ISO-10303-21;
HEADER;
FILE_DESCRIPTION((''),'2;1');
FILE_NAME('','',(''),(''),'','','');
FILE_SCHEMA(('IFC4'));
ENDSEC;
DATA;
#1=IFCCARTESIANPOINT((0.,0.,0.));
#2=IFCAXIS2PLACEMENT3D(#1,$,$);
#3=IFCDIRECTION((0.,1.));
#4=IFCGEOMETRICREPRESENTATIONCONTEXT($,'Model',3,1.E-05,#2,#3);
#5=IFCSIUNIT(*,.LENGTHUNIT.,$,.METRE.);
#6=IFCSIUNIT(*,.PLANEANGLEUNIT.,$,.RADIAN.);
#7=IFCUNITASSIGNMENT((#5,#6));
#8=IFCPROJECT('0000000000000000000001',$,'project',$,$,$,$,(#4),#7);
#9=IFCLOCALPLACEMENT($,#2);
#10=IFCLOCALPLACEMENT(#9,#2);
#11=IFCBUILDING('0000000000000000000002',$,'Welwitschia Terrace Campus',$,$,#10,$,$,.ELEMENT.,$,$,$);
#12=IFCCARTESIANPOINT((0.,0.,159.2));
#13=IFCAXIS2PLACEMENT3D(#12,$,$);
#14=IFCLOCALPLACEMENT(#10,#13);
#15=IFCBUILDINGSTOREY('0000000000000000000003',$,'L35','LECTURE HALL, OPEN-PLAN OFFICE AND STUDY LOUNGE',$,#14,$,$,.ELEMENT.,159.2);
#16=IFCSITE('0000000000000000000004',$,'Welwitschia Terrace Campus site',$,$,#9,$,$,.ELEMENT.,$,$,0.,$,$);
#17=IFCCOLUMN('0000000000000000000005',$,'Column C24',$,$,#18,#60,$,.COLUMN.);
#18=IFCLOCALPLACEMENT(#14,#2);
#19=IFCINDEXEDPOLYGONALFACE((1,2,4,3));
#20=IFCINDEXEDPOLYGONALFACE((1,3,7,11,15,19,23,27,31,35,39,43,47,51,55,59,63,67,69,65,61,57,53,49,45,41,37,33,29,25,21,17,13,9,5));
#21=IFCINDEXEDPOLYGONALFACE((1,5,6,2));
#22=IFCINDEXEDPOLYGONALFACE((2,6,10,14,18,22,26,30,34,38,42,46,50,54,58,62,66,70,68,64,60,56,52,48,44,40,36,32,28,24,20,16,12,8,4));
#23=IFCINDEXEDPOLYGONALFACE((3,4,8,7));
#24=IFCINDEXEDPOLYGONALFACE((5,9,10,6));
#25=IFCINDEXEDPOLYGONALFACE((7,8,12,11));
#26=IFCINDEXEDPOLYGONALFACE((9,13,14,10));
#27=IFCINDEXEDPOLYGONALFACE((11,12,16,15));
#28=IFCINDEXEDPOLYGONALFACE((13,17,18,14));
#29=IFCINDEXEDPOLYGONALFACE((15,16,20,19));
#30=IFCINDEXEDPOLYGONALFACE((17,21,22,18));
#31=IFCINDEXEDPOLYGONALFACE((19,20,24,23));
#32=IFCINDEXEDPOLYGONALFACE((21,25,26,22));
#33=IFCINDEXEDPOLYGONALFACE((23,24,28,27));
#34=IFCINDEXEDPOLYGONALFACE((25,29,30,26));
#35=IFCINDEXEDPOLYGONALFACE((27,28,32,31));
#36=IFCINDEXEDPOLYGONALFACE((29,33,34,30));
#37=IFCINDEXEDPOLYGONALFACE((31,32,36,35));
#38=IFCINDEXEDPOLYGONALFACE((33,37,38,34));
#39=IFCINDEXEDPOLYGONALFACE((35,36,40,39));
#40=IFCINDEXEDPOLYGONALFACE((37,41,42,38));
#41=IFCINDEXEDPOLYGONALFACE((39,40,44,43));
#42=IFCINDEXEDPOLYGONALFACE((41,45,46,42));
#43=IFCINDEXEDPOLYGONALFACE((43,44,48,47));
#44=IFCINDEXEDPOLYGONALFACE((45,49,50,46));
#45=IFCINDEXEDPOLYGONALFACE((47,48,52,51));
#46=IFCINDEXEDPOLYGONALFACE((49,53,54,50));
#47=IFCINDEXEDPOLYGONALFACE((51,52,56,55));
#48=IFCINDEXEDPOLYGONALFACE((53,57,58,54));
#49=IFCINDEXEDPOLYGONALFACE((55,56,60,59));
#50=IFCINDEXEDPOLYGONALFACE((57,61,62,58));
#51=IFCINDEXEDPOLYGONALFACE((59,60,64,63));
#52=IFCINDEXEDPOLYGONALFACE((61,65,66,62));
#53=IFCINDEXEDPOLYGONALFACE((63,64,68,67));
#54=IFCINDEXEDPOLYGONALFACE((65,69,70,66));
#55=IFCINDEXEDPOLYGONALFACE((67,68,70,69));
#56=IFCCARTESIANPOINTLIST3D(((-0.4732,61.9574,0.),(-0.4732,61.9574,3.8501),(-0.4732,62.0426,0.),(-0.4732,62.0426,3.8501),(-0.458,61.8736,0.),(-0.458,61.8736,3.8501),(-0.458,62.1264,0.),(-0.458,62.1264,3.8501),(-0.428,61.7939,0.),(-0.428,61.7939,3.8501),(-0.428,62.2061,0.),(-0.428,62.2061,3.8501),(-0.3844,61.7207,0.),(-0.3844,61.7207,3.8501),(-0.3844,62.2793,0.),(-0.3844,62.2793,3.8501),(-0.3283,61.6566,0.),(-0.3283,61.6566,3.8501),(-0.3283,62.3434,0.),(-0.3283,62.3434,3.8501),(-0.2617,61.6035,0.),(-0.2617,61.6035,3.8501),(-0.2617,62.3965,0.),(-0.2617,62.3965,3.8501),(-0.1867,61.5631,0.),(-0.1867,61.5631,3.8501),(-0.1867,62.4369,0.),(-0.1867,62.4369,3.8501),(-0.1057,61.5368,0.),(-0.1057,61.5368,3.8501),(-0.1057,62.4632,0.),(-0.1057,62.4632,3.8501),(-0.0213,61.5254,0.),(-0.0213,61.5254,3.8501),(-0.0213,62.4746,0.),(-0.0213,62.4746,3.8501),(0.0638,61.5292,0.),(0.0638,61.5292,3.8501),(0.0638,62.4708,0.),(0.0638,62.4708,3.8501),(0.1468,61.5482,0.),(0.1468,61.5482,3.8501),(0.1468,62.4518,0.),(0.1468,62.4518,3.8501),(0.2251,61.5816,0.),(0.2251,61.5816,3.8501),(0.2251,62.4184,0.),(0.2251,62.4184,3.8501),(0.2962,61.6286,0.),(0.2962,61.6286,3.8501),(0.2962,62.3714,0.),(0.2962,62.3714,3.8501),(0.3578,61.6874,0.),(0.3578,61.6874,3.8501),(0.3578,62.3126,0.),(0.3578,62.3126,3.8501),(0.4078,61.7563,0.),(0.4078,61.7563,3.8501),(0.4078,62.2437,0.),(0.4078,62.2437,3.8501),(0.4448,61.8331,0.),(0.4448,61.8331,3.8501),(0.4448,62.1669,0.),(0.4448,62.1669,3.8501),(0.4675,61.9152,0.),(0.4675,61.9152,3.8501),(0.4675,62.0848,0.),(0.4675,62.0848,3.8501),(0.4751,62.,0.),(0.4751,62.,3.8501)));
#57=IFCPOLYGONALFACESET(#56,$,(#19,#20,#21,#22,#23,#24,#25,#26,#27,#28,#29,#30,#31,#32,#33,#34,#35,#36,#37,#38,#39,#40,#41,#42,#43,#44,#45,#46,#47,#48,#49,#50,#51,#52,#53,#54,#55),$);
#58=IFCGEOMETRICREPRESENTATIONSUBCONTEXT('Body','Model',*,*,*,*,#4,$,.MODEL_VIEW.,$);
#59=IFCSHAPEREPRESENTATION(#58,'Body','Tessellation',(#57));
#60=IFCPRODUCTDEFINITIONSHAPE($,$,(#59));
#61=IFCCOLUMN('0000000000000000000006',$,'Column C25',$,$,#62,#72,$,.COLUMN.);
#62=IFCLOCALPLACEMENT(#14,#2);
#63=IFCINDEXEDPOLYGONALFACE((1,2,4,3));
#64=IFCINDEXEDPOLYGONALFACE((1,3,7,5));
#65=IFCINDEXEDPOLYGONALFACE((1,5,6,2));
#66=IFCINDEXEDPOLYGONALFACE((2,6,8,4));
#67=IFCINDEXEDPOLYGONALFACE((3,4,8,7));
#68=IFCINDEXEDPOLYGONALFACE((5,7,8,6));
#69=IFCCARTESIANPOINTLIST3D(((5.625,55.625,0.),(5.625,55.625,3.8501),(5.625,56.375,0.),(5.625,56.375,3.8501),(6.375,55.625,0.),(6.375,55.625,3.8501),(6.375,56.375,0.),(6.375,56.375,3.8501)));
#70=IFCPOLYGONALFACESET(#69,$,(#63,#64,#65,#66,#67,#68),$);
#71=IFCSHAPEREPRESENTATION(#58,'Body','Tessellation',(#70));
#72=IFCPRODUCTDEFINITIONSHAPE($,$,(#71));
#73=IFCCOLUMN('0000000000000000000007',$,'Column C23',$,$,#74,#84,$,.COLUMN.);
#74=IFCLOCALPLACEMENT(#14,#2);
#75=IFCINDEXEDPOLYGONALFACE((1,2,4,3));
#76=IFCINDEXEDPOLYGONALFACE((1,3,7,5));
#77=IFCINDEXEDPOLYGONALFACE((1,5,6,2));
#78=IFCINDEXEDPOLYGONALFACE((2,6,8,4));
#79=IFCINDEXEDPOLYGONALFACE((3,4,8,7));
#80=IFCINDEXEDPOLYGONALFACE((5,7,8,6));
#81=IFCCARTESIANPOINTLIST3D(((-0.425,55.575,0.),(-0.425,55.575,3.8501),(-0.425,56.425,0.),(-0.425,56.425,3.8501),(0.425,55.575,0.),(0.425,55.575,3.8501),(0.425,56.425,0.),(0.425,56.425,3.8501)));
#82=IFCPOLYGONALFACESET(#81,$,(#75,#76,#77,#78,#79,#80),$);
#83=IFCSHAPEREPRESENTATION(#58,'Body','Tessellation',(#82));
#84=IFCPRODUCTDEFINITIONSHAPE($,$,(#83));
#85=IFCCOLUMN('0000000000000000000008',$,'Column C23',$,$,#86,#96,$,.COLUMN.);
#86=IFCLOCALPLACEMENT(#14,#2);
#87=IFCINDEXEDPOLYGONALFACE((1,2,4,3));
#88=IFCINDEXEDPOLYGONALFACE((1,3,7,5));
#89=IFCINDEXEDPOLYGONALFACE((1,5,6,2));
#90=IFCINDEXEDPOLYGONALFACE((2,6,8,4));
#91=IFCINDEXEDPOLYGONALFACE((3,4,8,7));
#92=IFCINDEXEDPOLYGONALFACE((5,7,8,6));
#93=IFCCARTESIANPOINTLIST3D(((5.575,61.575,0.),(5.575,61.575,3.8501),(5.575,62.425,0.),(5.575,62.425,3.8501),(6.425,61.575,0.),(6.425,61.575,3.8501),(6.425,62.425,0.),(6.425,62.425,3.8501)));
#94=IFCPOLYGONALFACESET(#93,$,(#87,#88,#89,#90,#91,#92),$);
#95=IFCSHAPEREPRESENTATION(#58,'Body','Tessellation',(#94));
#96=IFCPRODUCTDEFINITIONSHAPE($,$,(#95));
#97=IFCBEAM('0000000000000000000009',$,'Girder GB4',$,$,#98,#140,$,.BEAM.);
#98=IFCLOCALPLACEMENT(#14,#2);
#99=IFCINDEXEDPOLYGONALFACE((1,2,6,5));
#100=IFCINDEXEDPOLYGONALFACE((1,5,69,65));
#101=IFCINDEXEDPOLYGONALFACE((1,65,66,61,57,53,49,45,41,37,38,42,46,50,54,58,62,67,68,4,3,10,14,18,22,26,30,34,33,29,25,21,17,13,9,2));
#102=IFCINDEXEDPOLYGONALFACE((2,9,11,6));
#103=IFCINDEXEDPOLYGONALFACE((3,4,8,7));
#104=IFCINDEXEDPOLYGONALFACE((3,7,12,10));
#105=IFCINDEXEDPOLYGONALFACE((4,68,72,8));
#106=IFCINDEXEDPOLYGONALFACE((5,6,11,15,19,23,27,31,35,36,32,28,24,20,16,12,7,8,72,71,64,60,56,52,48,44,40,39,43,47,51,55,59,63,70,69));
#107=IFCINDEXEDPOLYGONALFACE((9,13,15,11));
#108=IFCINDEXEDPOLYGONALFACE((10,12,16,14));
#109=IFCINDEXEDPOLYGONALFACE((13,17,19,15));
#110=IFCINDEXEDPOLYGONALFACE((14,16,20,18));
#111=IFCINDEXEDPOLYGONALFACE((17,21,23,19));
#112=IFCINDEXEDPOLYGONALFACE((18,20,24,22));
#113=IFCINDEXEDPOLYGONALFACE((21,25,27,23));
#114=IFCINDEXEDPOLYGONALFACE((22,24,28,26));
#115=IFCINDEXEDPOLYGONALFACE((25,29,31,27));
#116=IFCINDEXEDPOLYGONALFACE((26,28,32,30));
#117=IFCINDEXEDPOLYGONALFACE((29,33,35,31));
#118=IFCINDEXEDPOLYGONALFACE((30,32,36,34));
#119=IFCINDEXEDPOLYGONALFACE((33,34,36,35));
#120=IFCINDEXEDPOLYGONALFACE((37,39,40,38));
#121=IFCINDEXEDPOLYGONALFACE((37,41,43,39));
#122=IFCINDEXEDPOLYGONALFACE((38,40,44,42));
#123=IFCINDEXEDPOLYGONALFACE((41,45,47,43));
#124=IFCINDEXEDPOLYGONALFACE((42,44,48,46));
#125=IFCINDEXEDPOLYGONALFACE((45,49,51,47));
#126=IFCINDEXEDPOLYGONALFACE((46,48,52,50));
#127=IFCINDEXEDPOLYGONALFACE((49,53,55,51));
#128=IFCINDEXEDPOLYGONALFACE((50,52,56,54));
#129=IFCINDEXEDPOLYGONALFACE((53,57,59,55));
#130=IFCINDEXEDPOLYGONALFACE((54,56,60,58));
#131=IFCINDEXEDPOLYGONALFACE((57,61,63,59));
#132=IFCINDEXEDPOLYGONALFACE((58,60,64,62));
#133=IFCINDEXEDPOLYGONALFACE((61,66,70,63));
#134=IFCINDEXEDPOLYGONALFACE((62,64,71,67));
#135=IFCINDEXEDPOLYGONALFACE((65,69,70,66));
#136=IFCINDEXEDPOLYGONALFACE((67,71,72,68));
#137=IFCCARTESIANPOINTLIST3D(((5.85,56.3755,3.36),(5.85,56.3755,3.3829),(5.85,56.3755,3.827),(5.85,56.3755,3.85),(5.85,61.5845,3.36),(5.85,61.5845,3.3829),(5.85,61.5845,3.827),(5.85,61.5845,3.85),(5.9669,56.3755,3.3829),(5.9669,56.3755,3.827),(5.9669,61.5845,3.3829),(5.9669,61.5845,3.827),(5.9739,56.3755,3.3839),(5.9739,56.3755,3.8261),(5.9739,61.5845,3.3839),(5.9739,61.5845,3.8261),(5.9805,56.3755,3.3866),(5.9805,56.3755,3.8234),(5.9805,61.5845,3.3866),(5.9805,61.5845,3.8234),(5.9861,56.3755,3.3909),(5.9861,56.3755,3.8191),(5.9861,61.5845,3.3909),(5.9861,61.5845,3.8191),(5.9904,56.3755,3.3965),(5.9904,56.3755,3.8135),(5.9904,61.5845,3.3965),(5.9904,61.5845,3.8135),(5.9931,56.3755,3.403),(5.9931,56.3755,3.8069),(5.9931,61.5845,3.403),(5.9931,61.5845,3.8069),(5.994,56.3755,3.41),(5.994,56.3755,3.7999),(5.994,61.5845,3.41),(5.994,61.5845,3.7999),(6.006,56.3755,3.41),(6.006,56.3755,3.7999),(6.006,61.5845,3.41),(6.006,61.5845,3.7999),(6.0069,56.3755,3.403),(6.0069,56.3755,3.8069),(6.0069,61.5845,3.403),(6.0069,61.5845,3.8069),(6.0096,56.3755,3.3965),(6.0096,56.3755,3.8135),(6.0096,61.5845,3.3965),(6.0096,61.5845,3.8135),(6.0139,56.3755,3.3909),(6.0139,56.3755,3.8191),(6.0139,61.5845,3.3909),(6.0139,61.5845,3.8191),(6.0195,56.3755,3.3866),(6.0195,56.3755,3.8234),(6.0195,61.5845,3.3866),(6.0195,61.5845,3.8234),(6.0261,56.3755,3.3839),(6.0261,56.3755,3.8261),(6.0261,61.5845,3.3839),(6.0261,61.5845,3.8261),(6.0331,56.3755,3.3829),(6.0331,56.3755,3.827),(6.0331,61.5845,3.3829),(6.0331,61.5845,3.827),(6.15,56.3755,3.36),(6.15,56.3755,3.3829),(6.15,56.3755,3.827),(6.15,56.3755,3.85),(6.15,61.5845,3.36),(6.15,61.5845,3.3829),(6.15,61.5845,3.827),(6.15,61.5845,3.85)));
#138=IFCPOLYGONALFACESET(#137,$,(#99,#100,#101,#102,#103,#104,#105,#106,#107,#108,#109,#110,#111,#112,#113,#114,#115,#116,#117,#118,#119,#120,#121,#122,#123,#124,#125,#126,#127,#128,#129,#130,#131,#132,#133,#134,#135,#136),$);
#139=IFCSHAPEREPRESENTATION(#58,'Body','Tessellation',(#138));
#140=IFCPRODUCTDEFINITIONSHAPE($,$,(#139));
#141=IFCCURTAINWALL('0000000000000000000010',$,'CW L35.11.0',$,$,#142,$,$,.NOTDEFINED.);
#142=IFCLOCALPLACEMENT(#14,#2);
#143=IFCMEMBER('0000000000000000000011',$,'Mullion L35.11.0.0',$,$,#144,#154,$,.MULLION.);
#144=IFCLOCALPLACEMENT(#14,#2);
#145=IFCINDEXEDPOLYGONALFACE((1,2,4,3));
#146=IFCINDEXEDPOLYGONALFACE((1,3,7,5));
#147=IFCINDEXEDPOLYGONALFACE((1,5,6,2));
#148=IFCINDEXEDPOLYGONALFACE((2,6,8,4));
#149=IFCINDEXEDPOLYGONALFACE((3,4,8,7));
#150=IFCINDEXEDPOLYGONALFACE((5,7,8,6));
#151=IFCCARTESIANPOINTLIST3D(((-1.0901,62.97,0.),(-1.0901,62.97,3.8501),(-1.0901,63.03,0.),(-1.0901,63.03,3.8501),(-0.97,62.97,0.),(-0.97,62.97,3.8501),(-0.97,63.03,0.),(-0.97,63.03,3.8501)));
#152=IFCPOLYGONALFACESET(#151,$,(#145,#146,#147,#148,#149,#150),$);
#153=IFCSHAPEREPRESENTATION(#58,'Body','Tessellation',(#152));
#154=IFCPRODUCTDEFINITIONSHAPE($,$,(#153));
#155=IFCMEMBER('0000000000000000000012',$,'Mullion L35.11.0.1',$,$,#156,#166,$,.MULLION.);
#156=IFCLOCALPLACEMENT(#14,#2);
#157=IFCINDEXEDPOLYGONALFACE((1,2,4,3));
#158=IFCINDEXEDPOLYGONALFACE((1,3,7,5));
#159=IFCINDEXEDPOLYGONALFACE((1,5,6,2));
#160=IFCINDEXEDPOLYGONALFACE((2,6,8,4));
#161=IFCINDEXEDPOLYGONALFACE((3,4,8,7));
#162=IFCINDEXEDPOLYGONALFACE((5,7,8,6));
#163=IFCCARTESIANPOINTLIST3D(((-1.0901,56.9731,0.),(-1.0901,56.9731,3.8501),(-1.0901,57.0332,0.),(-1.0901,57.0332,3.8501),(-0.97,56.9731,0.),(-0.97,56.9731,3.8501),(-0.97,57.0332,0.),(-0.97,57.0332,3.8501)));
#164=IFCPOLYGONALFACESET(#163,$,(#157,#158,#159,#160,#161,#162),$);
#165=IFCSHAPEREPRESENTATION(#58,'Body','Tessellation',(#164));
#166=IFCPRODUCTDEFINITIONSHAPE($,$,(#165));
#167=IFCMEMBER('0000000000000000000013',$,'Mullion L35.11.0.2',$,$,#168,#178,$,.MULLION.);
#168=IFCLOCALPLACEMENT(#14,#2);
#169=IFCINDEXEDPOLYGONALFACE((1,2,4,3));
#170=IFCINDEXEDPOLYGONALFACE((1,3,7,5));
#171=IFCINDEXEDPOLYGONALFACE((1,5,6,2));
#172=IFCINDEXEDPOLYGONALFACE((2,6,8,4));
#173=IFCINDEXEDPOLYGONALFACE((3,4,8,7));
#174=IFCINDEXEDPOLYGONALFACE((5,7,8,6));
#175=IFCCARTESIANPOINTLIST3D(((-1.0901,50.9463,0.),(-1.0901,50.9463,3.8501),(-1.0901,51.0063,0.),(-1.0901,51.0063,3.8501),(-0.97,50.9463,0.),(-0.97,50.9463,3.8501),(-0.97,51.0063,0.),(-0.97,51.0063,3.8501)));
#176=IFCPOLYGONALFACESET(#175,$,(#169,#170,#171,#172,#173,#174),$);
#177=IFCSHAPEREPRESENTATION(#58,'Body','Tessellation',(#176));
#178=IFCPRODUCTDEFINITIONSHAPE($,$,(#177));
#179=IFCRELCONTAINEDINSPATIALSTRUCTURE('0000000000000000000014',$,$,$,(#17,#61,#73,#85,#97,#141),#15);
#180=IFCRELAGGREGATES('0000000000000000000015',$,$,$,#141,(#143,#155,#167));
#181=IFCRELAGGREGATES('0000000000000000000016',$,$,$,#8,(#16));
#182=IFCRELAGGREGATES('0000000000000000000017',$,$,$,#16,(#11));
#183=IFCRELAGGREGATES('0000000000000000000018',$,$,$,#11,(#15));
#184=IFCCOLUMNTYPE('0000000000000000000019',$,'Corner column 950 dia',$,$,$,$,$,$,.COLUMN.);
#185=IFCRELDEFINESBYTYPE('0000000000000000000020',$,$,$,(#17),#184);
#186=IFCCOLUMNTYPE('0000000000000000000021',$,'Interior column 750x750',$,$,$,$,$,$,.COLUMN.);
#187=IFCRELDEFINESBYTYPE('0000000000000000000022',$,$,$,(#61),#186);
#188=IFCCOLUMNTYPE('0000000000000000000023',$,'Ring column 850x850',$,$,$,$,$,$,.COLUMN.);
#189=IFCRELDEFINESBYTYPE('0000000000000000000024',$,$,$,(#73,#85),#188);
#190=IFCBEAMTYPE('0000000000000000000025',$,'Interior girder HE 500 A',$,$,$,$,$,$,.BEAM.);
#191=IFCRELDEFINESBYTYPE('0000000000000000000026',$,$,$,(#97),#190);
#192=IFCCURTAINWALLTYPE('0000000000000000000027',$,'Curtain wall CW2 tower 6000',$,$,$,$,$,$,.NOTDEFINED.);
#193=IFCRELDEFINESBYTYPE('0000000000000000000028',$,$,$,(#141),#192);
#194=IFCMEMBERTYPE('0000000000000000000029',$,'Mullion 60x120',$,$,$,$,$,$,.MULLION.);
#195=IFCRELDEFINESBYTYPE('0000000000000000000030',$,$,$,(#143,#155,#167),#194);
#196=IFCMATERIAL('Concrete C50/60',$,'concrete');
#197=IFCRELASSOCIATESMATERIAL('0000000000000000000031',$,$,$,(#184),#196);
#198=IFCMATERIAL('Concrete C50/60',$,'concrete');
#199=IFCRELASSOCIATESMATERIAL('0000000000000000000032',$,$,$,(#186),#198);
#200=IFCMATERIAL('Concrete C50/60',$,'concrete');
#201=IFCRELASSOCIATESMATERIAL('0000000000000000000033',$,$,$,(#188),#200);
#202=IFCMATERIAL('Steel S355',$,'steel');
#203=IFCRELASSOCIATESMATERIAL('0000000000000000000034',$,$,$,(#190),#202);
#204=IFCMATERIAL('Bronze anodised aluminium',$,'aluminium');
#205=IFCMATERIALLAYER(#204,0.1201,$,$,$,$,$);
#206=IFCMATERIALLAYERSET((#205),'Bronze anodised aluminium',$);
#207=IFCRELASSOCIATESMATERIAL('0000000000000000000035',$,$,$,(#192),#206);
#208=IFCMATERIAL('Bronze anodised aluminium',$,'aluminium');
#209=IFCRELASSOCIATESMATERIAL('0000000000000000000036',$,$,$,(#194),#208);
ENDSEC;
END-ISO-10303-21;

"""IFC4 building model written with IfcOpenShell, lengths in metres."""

from ifc_helpers import new_model, si_unit, direction, frame, origin, origin_2d, place, context, subcontext, project, spatial, rectangle, circle, i_section, extrude, material, layer, layer_set, material_profile, profile_set, type_object, element, aggregate, save


model = new_model("IFC4")

# Units and contexts
model_context = context("Model", 3, precision=1e-05, world=origin(), true_north=direction((0.0, 1.0)))
body_context = subcontext(model_context, "Body", "Model", "MODEL_VIEW")
ifc_project = project(units=[si_unit("LENGTHUNIT", "METRE"), si_unit("PLANEANGLEUNIT", "RADIAN")], contexts=[model_context])

# Site, building, storey
site_placement = place(None, origin())
site = spatial("IfcSite", under=ifc_project, at=site_placement, Name="Welwitschia Terrace Campus site", CompositionType="ELEMENT", RefElevation=0.0)
building_placement = place(site_placement, origin())
building = spatial("IfcBuilding", under=site, at=building_placement, Name="Welwitschia Terrace Campus", CompositionType="ELEMENT")
storey_placement = place(building_placement, frame((0.0, 0.0, 159.2)))
storey = spatial("IfcBuildingStorey", under=building, at=storey_placement, Name="L35", Description="LECTURE HALL, OPEN-PLAN OFFICE AND STUDY LOUNGE", CompositionType="ELEMENT", Elevation=159.2)

# Columns
ifc_material_1 = material(Name="Concrete C50/60", Category="concrete")
ifc_material_profile_1 = material_profile(ifc_material_1, circle(Radius=0.4751, at=origin_2d()))
ifc_profile_set_1 = profile_set([ifc_material_profile_1], Name="Concrete C50/60")
column_type_1 = type_object("IfcColumnType", Name="Corner column 950 dia", PredefinedType="COLUMN", material=ifc_profile_set_1)
column_1_placement = place(storey_placement, frame((0.0, 62.0, 0.0), z_axis=(0.0, 0.0, 1.0), x_axis=(1.0, 0.0, 0.0)))
element("IfcColumn", 1, at=column_1_placement, inside=storey, type_object=column_type_1, Name="Column C24", PredefinedType="COLUMN", context=body_context, shape_type="SweptSolid", body=[
    extrude(circle(Radius=0.4751, at=origin_2d()), origin(), (0.0, 0.0, 1.0), 3.8501),
])
ifc_material_2 = material(Name="Concrete C50/60", Category="concrete")
ifc_material_profile_2 = material_profile(ifc_material_2, rectangle(XDim=0.75, YDim=0.75, at=origin_2d()))
ifc_profile_set_2 = profile_set([ifc_material_profile_2], Name="Concrete C50/60")
column_type_2 = type_object("IfcColumnType", Name="Interior column 750x750", PredefinedType="COLUMN", material=ifc_profile_set_2)
column_2_placement = place(storey_placement, frame((6.0, 56.0, 0.0), z_axis=(0.0, 0.0, 1.0), x_axis=(1.0, 0.0, 0.0)))
element("IfcColumn", 2, at=column_2_placement, inside=storey, type_object=column_type_2, Name="Column C25", PredefinedType="COLUMN", context=body_context, shape_type="SweptSolid", body=[
    extrude(rectangle(XDim=0.75, YDim=0.75, at=origin_2d()), origin(), (0.0, 0.0, 1.0), 3.8501),
])
ifc_material_3 = material(Name="Concrete C50/60", Category="concrete")
ifc_material_profile_3 = material_profile(ifc_material_3, rectangle(XDim=0.8501, YDim=0.8501, at=origin_2d()))
ifc_profile_set_3 = profile_set([ifc_material_profile_3], Name="Concrete C50/60")
column_type_3 = type_object("IfcColumnType", Name="Ring column 850x850", PredefinedType="COLUMN", material=ifc_profile_set_3)
for number, where, z_axis, x_axis, name in (
    (3, (0.0, 56.0, 0.0), (0.0, 0.0, 1.0), (1.0, 0.0, 0.0), "Column C23"),
    (4, (6.0, 62.0, 0.0), (0.0, 0.0, 1.0), (1.0, 0.0, 0.0), "Column C23"),
):
    element("IfcColumn", number, at=place(storey_placement, frame(where, z_axis=z_axis, x_axis=x_axis)), inside=storey, type_object=column_type_3, Name=name, PredefinedType="COLUMN", context=body_context, shape_type="SweptSolid", body=[
        extrude(rectangle(XDim=0.8501, YDim=0.8501, at=origin_2d()), origin(), (0.0, 0.0, 1.0), 3.8501),
    ])

# Beam
ifc_material_4 = material(Name="Steel S355", Category="steel")
ifc_material_profile_4 = material_profile(ifc_material_4, i_section(OverallWidth=0.3, OverallDepth=0.49, WebThickness=0.012, FlangeThickness=0.0229, FilletRadius=0.0271, at=origin_2d()))
ifc_profile_set_4 = profile_set([ifc_material_profile_4], Name="Steel S355")
beam_type_1 = type_object("IfcBeamType", Name="Interior girder HE 500 A", PredefinedType="BEAM", material=ifc_profile_set_4)
beam_1_placement = place(storey_placement, frame((6.0, 56.3755, 3.605), z_axis=(0.0, 1.0, 0.0), x_axis=(-1.0, 0.0, 0.0)))
element("IfcBeam", 5, at=beam_1_placement, inside=storey, type_object=beam_type_1, Name="Girder GB4", PredefinedType="BEAM", context=body_context, shape_type="SweptSolid", body=[
    extrude(i_section(OverallWidth=0.3, OverallDepth=0.49, WebThickness=0.012, FlangeThickness=0.0229, FilletRadius=0.0271, at=origin_2d()), origin(), (0.0, 0.0, 1.0), 5.209),
])

# Curtain wall, members
ifc_material_5 = material(Name="Bronze anodised aluminium", Category="aluminium")
ifc_layer_1 = layer(ifc_material_5, 0.1201)
ifc_layer_set_1 = layer_set([ifc_layer_1], Name="Bronze anodised aluminium")
curtain_wall_type = type_object("IfcCurtainWallType", Name="Curtain wall CW2 tower 6000", PredefinedType="NOTDEFINED", material=ifc_layer_set_1)
curtain_wall_placement = place(storey_placement, origin())
curtain_wall = element("IfcCurtainWall", 6, at=curtain_wall_placement, inside=storey, type_object=curtain_wall_type, Name="CW L35.11.0", PredefinedType="NOTDEFINED")
ifc_material_6 = material(Name="Bronze anodised aluminium", Category="aluminium")
ifc_material_profile_5 = material_profile(ifc_material_6, rectangle(XDim=0.1201, YDim=0.0601, at=origin_2d()))
ifc_profile_set_5 = profile_set([ifc_material_profile_5], Name="Bronze anodised aluminium")
member_type_1 = type_object("IfcMemberType", Name="Mullion 60x120", PredefinedType="MULLION", material=ifc_profile_set_5)
member_1_placement = place(storey_placement, frame((-1.03, 63.0, 0.0), z_axis=(0.0, 0.0, 1.0), x_axis=(1.0, 0.0, 0.0)))
member_1 = element("IfcMember", 7, at=member_1_placement, type_object=member_type_1, Name="Mullion L35.11.0.0", PredefinedType="MULLION", context=body_context, shape_type="SweptSolid", body=[
    extrude(rectangle(XDim=0.1201, YDim=0.0601, at=origin_2d()), origin(), (0.0, 0.0, 1.0), 3.8501),
])
member_2_placement = place(storey_placement, frame((-1.03, 57.0032, 0.0), z_axis=(0.0, 0.0, 1.0), x_axis=(1.0, 0.0, 0.0)))
member_2 = element("IfcMember", 8, at=member_2_placement, type_object=member_type_1, Name="Mullion L35.11.0.1", PredefinedType="MULLION", context=body_context, shape_type="SweptSolid", body=[
    extrude(rectangle(XDim=0.1201, YDim=0.0601, at=origin_2d()), origin(), (0.0, 0.0, 1.0), 3.8501),
])
member_3_placement = place(storey_placement, frame((-1.03, 50.9763, 0.0), z_axis=(0.0, 0.0, 1.0), x_axis=(1.0, 0.0, 0.0)))
member_3 = element("IfcMember", 9, at=member_3_placement, type_object=member_type_1, Name="Mullion L35.11.0.2", PredefinedType="MULLION", context=body_context, shape_type="SweptSolid", body=[
    extrude(rectangle(XDim=0.1201, YDim=0.0601, at=origin_2d()), origin(), (0.0, 0.0, 1.0), 3.8501),
])

aggregate(curtain_wall, [member_1, member_2, member_3])

save(model, "model.ifc")
